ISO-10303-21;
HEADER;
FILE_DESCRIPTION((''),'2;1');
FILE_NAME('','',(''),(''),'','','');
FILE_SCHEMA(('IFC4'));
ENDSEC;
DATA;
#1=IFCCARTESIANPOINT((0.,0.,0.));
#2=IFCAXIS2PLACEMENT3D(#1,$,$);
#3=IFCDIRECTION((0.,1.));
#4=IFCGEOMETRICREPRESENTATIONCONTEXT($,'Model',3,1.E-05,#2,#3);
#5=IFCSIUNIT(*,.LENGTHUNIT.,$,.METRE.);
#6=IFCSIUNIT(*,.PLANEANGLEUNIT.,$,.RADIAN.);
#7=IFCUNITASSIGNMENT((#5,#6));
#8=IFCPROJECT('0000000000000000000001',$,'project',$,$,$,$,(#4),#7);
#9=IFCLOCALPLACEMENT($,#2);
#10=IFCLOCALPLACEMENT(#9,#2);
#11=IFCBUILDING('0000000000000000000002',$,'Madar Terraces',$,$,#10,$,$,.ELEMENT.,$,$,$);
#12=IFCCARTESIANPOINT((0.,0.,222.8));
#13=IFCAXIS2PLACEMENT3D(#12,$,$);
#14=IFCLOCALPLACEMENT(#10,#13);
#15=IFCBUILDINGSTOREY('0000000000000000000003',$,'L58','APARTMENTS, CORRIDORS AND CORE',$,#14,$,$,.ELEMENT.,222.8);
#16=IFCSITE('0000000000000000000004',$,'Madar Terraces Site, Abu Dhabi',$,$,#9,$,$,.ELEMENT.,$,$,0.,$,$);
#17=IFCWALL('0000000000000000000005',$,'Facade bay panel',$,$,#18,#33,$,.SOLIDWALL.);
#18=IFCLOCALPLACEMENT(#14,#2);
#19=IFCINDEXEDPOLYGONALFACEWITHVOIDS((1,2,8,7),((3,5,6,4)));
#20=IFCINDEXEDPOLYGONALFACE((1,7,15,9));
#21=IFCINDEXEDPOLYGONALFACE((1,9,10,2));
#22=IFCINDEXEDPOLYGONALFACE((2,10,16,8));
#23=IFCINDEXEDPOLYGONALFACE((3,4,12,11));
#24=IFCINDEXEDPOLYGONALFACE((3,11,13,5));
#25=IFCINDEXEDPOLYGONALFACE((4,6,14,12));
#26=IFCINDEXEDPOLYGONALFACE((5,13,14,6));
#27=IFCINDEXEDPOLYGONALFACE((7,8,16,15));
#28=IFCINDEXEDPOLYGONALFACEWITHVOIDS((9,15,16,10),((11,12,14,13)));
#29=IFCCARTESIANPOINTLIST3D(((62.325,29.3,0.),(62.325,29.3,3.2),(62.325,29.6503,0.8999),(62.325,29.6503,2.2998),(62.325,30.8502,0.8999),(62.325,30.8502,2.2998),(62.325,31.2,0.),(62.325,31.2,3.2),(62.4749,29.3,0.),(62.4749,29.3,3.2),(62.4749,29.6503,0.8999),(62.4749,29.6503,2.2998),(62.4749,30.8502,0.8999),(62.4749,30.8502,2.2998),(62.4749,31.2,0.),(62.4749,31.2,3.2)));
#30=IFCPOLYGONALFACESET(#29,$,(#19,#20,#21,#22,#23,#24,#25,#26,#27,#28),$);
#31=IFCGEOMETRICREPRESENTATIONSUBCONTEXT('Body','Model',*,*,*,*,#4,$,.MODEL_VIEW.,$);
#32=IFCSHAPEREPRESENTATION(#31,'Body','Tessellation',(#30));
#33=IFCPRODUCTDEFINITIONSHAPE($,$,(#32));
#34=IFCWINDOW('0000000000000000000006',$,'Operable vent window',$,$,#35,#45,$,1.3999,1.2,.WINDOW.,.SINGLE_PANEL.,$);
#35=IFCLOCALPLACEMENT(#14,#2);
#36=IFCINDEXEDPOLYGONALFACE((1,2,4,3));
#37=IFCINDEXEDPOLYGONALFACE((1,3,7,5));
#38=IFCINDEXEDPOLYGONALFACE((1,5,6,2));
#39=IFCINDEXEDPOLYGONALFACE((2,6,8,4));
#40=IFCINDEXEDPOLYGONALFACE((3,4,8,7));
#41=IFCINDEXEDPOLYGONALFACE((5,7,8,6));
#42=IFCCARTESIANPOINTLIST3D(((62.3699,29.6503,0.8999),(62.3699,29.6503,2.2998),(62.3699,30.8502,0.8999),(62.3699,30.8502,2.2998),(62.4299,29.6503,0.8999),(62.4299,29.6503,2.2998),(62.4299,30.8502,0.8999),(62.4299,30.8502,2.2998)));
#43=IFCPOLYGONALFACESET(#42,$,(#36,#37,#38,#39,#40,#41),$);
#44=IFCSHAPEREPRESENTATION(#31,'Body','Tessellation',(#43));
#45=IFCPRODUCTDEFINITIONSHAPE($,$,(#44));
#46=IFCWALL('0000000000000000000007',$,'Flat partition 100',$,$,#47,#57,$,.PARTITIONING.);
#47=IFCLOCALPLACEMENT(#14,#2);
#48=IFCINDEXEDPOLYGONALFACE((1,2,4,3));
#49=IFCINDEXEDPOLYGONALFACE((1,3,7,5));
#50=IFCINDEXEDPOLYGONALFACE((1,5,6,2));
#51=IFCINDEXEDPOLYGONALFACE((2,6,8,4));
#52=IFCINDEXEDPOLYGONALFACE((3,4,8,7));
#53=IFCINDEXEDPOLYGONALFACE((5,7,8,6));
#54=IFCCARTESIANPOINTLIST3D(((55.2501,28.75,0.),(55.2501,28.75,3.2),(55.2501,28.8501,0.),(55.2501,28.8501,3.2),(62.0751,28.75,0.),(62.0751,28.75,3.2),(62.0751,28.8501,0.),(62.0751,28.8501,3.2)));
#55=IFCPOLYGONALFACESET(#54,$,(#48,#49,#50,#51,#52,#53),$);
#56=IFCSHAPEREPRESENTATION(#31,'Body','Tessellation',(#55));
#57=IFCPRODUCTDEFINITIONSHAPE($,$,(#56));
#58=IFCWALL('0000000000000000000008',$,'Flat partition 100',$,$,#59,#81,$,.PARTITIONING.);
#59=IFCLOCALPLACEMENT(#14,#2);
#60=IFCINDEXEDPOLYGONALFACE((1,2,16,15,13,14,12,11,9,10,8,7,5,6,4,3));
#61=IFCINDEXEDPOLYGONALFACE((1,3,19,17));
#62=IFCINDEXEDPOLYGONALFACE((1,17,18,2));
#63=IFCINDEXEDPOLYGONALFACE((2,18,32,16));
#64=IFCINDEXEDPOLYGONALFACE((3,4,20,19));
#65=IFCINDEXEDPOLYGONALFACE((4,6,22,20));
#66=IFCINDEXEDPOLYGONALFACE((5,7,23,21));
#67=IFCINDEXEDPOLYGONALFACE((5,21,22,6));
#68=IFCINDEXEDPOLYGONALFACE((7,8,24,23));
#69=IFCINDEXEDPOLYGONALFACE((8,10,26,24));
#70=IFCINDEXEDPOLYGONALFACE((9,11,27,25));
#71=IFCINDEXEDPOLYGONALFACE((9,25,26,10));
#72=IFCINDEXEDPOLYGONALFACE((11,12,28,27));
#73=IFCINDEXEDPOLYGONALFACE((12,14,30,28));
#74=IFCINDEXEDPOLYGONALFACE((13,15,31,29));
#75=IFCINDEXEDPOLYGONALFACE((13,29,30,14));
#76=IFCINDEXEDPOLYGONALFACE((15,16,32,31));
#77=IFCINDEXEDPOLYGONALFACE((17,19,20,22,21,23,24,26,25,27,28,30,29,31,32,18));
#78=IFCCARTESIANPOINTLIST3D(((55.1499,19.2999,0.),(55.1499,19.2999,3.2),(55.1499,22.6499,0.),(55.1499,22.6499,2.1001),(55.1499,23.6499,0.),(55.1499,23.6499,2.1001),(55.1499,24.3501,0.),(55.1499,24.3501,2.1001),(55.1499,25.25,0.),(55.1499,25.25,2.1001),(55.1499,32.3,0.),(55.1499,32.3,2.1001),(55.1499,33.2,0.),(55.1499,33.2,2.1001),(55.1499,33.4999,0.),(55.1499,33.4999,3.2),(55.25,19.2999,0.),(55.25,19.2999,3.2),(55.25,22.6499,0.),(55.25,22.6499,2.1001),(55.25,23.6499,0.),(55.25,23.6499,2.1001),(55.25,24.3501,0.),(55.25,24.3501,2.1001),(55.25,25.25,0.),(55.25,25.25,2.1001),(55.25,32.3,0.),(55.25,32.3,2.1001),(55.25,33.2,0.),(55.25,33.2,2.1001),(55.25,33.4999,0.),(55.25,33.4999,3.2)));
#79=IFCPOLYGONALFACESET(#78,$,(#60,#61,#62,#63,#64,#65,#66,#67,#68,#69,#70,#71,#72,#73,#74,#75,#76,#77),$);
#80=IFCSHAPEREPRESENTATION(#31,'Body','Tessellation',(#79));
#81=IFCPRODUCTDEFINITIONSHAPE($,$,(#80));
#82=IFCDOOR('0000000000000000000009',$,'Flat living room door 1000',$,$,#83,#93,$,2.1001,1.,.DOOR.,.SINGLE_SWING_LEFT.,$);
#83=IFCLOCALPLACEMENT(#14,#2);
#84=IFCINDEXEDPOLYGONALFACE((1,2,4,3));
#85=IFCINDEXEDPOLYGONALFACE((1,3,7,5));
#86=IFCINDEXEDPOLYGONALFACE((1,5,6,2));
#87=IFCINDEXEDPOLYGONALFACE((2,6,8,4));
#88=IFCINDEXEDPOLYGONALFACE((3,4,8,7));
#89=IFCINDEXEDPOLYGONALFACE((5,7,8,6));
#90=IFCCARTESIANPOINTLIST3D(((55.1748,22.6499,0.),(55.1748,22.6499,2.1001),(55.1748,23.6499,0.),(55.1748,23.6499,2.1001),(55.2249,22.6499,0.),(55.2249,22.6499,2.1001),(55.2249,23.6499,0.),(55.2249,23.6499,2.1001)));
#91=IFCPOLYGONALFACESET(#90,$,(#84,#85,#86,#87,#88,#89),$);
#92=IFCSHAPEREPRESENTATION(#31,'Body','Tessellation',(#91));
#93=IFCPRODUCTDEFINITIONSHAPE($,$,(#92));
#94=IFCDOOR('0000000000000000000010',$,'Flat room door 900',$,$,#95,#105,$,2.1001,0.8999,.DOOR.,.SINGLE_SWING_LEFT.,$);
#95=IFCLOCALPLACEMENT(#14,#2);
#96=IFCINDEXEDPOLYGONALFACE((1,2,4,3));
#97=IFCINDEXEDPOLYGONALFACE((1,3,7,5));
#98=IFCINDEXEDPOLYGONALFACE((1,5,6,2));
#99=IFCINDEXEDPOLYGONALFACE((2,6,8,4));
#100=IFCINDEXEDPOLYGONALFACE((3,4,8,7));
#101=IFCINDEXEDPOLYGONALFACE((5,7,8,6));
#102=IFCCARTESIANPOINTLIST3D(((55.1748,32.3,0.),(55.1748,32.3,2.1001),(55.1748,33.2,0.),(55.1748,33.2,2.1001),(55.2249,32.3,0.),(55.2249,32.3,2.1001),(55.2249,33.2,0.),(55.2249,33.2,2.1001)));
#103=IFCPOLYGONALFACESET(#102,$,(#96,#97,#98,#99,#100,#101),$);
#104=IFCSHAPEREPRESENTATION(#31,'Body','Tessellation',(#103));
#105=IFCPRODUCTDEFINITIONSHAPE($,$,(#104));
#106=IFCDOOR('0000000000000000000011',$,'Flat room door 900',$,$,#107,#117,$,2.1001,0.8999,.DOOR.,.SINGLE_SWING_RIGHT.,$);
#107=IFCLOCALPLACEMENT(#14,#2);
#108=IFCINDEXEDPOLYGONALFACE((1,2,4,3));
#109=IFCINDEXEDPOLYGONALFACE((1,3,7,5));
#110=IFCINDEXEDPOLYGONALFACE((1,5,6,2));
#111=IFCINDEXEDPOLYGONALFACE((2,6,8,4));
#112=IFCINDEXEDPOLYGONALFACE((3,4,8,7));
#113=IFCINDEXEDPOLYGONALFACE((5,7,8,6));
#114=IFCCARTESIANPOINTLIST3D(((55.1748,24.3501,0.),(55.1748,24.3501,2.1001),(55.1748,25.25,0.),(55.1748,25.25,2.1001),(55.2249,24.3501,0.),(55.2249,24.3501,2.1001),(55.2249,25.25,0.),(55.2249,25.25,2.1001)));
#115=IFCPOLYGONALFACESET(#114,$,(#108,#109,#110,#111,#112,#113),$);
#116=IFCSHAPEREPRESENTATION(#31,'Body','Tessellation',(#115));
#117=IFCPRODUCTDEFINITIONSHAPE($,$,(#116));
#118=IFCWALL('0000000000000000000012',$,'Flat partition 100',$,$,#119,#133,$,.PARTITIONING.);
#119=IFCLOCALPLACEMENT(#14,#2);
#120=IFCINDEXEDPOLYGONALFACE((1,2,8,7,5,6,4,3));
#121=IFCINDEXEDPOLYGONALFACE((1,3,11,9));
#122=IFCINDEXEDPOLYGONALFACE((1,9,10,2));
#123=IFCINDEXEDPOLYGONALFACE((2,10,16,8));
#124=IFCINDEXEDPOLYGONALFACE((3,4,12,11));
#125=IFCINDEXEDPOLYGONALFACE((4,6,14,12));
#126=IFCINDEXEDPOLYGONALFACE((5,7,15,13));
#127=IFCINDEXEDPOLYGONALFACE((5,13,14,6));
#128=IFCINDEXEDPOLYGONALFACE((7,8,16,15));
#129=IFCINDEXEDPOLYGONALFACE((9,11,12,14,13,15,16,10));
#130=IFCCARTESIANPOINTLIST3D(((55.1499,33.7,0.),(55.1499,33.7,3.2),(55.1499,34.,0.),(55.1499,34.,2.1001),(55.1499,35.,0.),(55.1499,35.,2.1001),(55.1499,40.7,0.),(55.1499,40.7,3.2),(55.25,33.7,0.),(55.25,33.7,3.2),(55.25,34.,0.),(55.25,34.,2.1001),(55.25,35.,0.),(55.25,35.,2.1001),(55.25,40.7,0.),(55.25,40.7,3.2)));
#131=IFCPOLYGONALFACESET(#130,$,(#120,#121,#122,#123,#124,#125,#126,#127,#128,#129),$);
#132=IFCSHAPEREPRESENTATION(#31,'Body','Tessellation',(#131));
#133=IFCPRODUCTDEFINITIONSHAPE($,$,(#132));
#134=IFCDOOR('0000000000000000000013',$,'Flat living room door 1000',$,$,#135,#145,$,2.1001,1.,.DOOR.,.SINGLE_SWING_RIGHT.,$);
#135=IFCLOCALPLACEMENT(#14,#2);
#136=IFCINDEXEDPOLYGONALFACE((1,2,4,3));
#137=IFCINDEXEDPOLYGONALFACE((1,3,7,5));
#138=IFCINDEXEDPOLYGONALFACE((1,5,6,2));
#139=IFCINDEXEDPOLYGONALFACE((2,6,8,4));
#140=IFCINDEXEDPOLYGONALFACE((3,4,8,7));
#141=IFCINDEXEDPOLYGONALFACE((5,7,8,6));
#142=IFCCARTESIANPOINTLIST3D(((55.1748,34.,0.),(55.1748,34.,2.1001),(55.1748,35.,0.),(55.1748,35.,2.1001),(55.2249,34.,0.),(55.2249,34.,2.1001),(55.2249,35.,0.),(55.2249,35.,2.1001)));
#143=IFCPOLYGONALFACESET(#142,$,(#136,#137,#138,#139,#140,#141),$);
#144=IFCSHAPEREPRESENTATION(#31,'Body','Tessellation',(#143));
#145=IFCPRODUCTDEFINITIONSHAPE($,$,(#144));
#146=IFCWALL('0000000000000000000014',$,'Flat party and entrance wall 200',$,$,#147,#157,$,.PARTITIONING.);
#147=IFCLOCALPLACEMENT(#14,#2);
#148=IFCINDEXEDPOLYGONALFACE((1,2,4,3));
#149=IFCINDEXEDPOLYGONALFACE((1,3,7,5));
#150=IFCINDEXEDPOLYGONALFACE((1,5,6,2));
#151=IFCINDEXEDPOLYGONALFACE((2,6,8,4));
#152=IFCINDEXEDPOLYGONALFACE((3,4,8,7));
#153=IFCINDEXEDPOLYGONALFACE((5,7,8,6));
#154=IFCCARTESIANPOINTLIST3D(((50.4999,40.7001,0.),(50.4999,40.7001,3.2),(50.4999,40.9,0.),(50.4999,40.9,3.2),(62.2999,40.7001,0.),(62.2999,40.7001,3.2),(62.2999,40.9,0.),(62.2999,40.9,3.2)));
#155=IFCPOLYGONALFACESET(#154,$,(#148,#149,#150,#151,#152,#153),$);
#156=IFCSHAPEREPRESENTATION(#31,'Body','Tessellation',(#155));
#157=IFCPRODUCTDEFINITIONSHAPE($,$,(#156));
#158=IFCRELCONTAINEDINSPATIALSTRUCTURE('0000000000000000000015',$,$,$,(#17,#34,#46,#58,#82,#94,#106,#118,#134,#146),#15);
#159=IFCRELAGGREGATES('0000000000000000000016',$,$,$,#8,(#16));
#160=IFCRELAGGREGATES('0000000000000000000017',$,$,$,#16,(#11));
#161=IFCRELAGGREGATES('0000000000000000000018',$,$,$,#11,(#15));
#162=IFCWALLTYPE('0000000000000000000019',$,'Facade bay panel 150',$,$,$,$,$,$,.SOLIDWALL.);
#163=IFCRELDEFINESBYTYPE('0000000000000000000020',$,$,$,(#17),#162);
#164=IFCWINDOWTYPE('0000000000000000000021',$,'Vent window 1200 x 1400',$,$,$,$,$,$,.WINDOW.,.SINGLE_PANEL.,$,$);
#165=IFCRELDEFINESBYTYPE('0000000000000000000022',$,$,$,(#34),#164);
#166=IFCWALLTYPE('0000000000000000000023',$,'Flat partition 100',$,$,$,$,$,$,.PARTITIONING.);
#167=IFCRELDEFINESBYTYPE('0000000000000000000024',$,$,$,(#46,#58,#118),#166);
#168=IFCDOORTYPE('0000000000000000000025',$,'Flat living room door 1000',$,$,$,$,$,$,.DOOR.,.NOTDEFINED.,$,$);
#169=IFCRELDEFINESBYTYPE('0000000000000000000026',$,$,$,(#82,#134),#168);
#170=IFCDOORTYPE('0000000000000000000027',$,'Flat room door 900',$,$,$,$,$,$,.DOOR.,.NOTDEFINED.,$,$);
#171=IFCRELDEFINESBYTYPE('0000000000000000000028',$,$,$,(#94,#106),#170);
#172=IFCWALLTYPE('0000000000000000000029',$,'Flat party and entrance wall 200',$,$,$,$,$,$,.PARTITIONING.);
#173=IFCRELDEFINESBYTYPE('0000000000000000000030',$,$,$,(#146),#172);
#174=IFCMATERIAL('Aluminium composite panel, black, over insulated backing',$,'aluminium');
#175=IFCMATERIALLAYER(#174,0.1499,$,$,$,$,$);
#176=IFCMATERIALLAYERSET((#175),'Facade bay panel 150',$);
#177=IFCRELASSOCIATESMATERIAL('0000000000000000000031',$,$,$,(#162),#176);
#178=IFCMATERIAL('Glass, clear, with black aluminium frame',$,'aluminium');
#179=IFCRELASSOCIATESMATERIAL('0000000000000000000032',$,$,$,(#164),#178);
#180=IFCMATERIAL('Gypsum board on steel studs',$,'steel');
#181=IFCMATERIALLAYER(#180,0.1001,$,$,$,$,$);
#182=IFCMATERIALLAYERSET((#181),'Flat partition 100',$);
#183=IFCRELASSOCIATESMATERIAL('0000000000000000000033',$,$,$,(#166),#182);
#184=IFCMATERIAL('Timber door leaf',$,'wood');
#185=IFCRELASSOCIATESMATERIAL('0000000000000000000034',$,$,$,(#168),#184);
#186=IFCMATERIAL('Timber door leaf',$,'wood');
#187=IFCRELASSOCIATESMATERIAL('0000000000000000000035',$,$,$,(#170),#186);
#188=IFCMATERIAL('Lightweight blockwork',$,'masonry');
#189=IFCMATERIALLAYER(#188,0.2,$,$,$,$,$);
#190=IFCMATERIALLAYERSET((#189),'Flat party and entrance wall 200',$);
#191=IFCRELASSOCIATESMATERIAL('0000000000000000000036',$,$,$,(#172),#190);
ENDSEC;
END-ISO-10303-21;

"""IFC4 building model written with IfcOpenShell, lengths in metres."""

from ifc_helpers import new_model, si_unit, direction, frame, frame_2d, origin, place, context, subcontext, project, spatial, rectangle, extrude, material, layer, layer_set, type_object, element, fill, save


model = new_model("IFC4")

# Units and contexts
model_context = context("Model", 3, precision=1e-05, world=origin(), true_north=direction((0.0, 1.0)))
body_context = subcontext(model_context, "Body", "Model", "MODEL_VIEW")
ifc_project = project(units=[si_unit("LENGTHUNIT", "METRE"), si_unit("PLANEANGLEUNIT", "RADIAN")], contexts=[model_context])

# Site, building, storey
site_placement = place(None, origin())
site = spatial("IfcSite", under=ifc_project, at=site_placement, Name="Madar Terraces Site, Abu Dhabi", CompositionType="ELEMENT", RefElevation=0.0)
building_placement = place(site_placement, origin())
building = spatial("IfcBuilding", under=site, at=building_placement, Name="Madar Terraces", CompositionType="ELEMENT")
storey_placement = place(building_placement, frame((0.0, 0.0, 222.8)))
storey = spatial("IfcBuildingStorey", under=building, at=storey_placement, Name="L58", Description="APARTMENTS, CORRIDORS AND CORE", CompositionType="ELEMENT", Elevation=222.8)

# Wall, opening, window
ifc_material_1 = material(Name="Aluminium composite panel, black, over insulated backing", Category="aluminium")
ifc_layer_1 = layer(ifc_material_1, 0.1499)
ifc_layer_set_1 = layer_set([ifc_layer_1], Name="Facade bay panel 150")
wall_type_1 = type_object("IfcWallType", Name="Facade bay panel 150", PredefinedType="SOLIDWALL", material=ifc_layer_set_1)
ifc_material_2 = material(Name="Glass, clear, with black aluminium frame", Category="aluminium")
window_type = type_object("IfcWindowType", Name="Vent window 1200 x 1400", PartitioningType="SINGLE_PANEL", PredefinedType="WINDOW", material=ifc_material_2)
wall_1_placement = place(storey_placement, frame((62.3999, 29.3, 0.0), z_axis=(0.0, 0.0, 1.0), x_axis=(0.0, 1.0, 0.0)))
wall_1 = element("IfcWall", 1, at=wall_1_placement, inside=storey, type_object=wall_type_1, Name="Facade bay panel", PredefinedType="SOLIDWALL", context=body_context, shape_type="SweptSolid", body=[
    extrude(rectangle(XDim=1.8999, YDim=0.1499, at=frame_2d((0.95, 0.0))), origin(), (0.0, 0.0, 1.0), 3.2),
])
opening_1_placement = place(wall_1_placement, frame((0.3501, 0.0, 0.8999)))
opening_1 = element("IfcOpeningElement", 2, at=opening_1_placement, cuts=wall_1, PredefinedType="OPENING", context=body_context, shape_type="SweptSolid", body=[
    extrude(rectangle(XDim=1.2, YDim=1.3999, at=frame_2d((0.6001, 0.7))), frame((0.0, 0.085, 0.0), z_axis=(0.0, -1.0, 0.0), x_axis=(1.0, 0.0, 0.0)), (0.0, 0.0, 1.0), 0.1699),
])
window_1_placement = place(opening_1_placement, origin())
window_1 = element("IfcWindow", 3, at=window_1_placement, inside=storey, type_object=window_type, Name="Operable vent window", OverallHeight=1.3999, OverallWidth=1.2, PartitioningType="SINGLE_PANEL", PredefinedType="WINDOW", context=body_context, shape_type="SweptSolid", body=[
    extrude(rectangle(XDim=1.2, YDim=1.3999, at=frame_2d((0.6001, 0.7))), frame((0.0, 0.03, 0.0), z_axis=(0.0, -1.0, 0.0), x_axis=(1.0, 0.0, 0.0)), (0.0, 0.0, 1.0), 0.0601),
])
fill(opening_1, window_1)

# Wall
ifc_material_3 = material(Name="Gypsum board on steel studs", Category="steel")
ifc_layer_2 = layer(ifc_material_3, 0.1001)
ifc_layer_set_2 = layer_set([ifc_layer_2], Name="Flat partition 100")
wall_type_2 = type_object("IfcWallType", Name="Flat partition 100", PredefinedType="PARTITIONING", material=ifc_layer_set_2)
wall_2_placement = place(storey_placement, frame((55.25, 28.8, 0.0), z_axis=(0.0, 0.0, 1.0), x_axis=(1.0, 0.0, 0.0)))
element("IfcWall", 4, at=wall_2_placement, inside=storey, type_object=wall_type_2, Name="Flat partition 100", PredefinedType="PARTITIONING", context=body_context, shape_type="SweptSolid", body=[
    extrude(rectangle(XDim=6.825, YDim=0.1001, at=frame_2d((3.4126, 0.0))), origin(), (0.0, 0.0, 1.0), 3.2),
])

# Wall, openings, doors
wall_3_placement = place(storey_placement, frame((55.2, 33.5, 0.0), z_axis=(0.0, 0.0, 1.0), x_axis=(0.0, -1.0, 0.0)))
wall_3 = element("IfcWall", 5, at=wall_3_placement, inside=storey, type_object=wall_type_2, Name="Flat partition 100", PredefinedType="PARTITIONING", context=body_context, shape_type="SweptSolid", body=[
    extrude(rectangle(XDim=14.2, YDim=0.1001, at=frame_2d((7.1001, 0.0))), origin(), (0.0, 0.0, 1.0), 3.2),
])
opening_2_placement = place(wall_3_placement, frame((0.3, 0.0, 0.0)))
opening_2 = element("IfcOpeningElement", 6, at=opening_2_placement, cuts=wall_3, PredefinedType="OPENING", context=body_context, shape_type="SweptSolid", body=[
    extrude(rectangle(XDim=0.8999, YDim=2.1001, at=frame_2d((0.45, 1.05))), frame((0.0, 0.0601, 0.0), z_axis=(0.0, -1.0, 0.0), x_axis=(1.0, 0.0, 0.0)), (0.0, 0.0, 1.0), 0.1201),
])
opening_3_placement = place(wall_3_placement, frame((8.25, 0.0, 0.0)))
opening_3 = element("IfcOpeningElement", 7, at=opening_3_placement, cuts=wall_3, PredefinedType="OPENING", context=body_context, shape_type="SweptSolid", body=[
    extrude(rectangle(XDim=0.8999, YDim=2.1001, at=frame_2d((0.45, 1.05))), frame((0.0, 0.0601, 0.0), z_axis=(0.0, -1.0, 0.0), x_axis=(1.0, 0.0, 0.0)), (0.0, 0.0, 1.0), 0.1201),
])
opening_4_placement = place(wall_3_placement, frame((9.8501, 0.0, 0.0)))
opening_4 = element("IfcOpeningElement", 8, at=opening_4_placement, cuts=wall_3, PredefinedType="OPENING", context=body_context, shape_type="SweptSolid", body=[
    extrude(rectangle(XDim=1.0, YDim=2.1001, at=frame_2d((0.5, 1.05))), frame((0.0, 0.0601, 0.0), z_axis=(0.0, -1.0, 0.0), x_axis=(1.0, 0.0, 0.0)), (0.0, 0.0, 1.0), 0.1201),
])
ifc_material_4 = material(Name="Timber door leaf", Category="wood")
door_type_1 = type_object("IfcDoorType", Name="Flat living room door 1000", OperationType="NOTDEFINED", PredefinedType="DOOR", material=ifc_material_4)
door_1_placement = place(opening_4_placement, origin())
door_1 = element("IfcDoor", 9, at=door_1_placement, inside=storey, type_object=door_type_1, Name="Flat living room door 1000", OperationType="SINGLE_SWING_LEFT", OverallHeight=2.1001, OverallWidth=1.0, PredefinedType="DOOR", context=body_context, shape_type="SweptSolid", body=[
    extrude(rectangle(XDim=1.0, YDim=2.1001, at=frame_2d((0.5, 1.05))), frame((0.0, 0.0249, 0.0), z_axis=(0.0, -1.0, 0.0), x_axis=(1.0, 0.0, 0.0)), (0.0, 0.0, 1.0), 0.05),
])
fill(opening_4, door_1)
ifc_material_5 = material(Name="Timber door leaf", Category="wood")
door_type_2 = type_object("IfcDoorType", Name="Flat room door 900", OperationType="NOTDEFINED", PredefinedType="DOOR", material=ifc_material_5)
door_2_placement = place(opening_2_placement, origin())
door_2 = element("IfcDoor", 10, at=door_2_placement, inside=storey, type_object=door_type_2, Name="Flat room door 900", OperationType="SINGLE_SWING_LEFT", OverallHeight=2.1001, OverallWidth=0.8999, PredefinedType="DOOR", context=body_context, shape_type="SweptSolid", body=[
    extrude(rectangle(XDim=0.8999, YDim=2.1001, at=frame_2d((0.45, 1.05))), frame((0.0, 0.0249, 0.0), z_axis=(0.0, -1.0, 0.0), x_axis=(1.0, 0.0, 0.0)), (0.0, 0.0, 1.0), 0.05),
])
fill(opening_2, door_2)
door_3_placement = place(opening_3_placement, origin())
door_3 = element("IfcDoor", 11, at=door_3_placement, inside=storey, type_object=door_type_2, Name="Flat room door 900", OperationType="SINGLE_SWING_RIGHT", OverallHeight=2.1001, OverallWidth=0.8999, PredefinedType="DOOR", context=body_context, shape_type="SweptSolid", body=[
    extrude(rectangle(XDim=0.8999, YDim=2.1001, at=frame_2d((0.45, 1.05))), frame((0.0, 0.0249, 0.0), z_axis=(0.0, -1.0, 0.0), x_axis=(1.0, 0.0, 0.0)), (0.0, 0.0, 1.0), 0.05),
])
fill(opening_3, door_3)

# Wall, opening, door
wall_4_placement = place(storey_placement, frame((55.2, 40.7, 0.0), z_axis=(0.0, 0.0, 1.0), x_axis=(0.0, -1.0, 0.0)))
wall_4 = element("IfcWall", 12, at=wall_4_placement, inside=storey, type_object=wall_type_2, Name="Flat partition 100", PredefinedType="PARTITIONING", context=body_context, shape_type="SweptSolid", body=[
    extrude(rectangle(XDim=7.0, YDim=0.1001, at=frame_2d((3.5, 0.0))), origin(), (0.0, 0.0, 1.0), 3.2),
])
opening_5_placement = place(wall_4_placement, frame((5.7, 0.0, 0.0)))
opening_5 = element("IfcOpeningElement", 13, at=opening_5_placement, cuts=wall_4, PredefinedType="OPENING", context=body_context, shape_type="SweptSolid", body=[
    extrude(rectangle(XDim=1.0, YDim=2.1001, at=frame_2d((0.5, 1.05))), frame((0.0, 0.0601, 0.0), z_axis=(0.0, -1.0, 0.0), x_axis=(1.0, 0.0, 0.0)), (0.0, 0.0, 1.0), 0.1201),
])
door_4_placement = place(opening_5_placement, origin())
door_4 = element("IfcDoor", 14, at=door_4_placement, inside=storey, type_object=door_type_1, Name="Flat living room door 1000", OperationType="SINGLE_SWING_RIGHT", OverallHeight=2.1001, OverallWidth=1.0, PredefinedType="DOOR", context=body_context, shape_type="SweptSolid", body=[
    extrude(rectangle(XDim=1.0, YDim=2.1001, at=frame_2d((0.5, 1.05))), frame((0.0, 0.0249, 0.0), z_axis=(0.0, -1.0, 0.0), x_axis=(1.0, 0.0, 0.0)), (0.0, 0.0, 1.0), 0.05),
])
fill(opening_5, door_4)

# Wall
ifc_material_6 = material(Name="Lightweight blockwork", Category="masonry")
ifc_layer_3 = layer(ifc_material_6, 0.2)
ifc_layer_set_3 = layer_set([ifc_layer_3], Name="Flat party and entrance wall 200")
wall_type_3 = type_object("IfcWallType", Name="Flat party and entrance wall 200", PredefinedType="PARTITIONING", material=ifc_layer_set_3)
wall_5_placement = place(storey_placement, frame((50.5, 40.8, 0.0), z_axis=(0.0, 0.0, 1.0), x_axis=(1.0, 0.0, 0.0)))
element("IfcWall", 15, at=wall_5_placement, inside=storey, type_object=wall_type_3, Name="Flat party and entrance wall 200", PredefinedType="PARTITIONING", context=body_context, shape_type="SweptSolid", body=[
    extrude(rectangle(XDim=11.8, YDim=0.2, at=frame_2d((5.8999, 0.0))), origin(), (0.0, 0.0, 1.0), 3.2),
])

save(model, "model.ifc")
